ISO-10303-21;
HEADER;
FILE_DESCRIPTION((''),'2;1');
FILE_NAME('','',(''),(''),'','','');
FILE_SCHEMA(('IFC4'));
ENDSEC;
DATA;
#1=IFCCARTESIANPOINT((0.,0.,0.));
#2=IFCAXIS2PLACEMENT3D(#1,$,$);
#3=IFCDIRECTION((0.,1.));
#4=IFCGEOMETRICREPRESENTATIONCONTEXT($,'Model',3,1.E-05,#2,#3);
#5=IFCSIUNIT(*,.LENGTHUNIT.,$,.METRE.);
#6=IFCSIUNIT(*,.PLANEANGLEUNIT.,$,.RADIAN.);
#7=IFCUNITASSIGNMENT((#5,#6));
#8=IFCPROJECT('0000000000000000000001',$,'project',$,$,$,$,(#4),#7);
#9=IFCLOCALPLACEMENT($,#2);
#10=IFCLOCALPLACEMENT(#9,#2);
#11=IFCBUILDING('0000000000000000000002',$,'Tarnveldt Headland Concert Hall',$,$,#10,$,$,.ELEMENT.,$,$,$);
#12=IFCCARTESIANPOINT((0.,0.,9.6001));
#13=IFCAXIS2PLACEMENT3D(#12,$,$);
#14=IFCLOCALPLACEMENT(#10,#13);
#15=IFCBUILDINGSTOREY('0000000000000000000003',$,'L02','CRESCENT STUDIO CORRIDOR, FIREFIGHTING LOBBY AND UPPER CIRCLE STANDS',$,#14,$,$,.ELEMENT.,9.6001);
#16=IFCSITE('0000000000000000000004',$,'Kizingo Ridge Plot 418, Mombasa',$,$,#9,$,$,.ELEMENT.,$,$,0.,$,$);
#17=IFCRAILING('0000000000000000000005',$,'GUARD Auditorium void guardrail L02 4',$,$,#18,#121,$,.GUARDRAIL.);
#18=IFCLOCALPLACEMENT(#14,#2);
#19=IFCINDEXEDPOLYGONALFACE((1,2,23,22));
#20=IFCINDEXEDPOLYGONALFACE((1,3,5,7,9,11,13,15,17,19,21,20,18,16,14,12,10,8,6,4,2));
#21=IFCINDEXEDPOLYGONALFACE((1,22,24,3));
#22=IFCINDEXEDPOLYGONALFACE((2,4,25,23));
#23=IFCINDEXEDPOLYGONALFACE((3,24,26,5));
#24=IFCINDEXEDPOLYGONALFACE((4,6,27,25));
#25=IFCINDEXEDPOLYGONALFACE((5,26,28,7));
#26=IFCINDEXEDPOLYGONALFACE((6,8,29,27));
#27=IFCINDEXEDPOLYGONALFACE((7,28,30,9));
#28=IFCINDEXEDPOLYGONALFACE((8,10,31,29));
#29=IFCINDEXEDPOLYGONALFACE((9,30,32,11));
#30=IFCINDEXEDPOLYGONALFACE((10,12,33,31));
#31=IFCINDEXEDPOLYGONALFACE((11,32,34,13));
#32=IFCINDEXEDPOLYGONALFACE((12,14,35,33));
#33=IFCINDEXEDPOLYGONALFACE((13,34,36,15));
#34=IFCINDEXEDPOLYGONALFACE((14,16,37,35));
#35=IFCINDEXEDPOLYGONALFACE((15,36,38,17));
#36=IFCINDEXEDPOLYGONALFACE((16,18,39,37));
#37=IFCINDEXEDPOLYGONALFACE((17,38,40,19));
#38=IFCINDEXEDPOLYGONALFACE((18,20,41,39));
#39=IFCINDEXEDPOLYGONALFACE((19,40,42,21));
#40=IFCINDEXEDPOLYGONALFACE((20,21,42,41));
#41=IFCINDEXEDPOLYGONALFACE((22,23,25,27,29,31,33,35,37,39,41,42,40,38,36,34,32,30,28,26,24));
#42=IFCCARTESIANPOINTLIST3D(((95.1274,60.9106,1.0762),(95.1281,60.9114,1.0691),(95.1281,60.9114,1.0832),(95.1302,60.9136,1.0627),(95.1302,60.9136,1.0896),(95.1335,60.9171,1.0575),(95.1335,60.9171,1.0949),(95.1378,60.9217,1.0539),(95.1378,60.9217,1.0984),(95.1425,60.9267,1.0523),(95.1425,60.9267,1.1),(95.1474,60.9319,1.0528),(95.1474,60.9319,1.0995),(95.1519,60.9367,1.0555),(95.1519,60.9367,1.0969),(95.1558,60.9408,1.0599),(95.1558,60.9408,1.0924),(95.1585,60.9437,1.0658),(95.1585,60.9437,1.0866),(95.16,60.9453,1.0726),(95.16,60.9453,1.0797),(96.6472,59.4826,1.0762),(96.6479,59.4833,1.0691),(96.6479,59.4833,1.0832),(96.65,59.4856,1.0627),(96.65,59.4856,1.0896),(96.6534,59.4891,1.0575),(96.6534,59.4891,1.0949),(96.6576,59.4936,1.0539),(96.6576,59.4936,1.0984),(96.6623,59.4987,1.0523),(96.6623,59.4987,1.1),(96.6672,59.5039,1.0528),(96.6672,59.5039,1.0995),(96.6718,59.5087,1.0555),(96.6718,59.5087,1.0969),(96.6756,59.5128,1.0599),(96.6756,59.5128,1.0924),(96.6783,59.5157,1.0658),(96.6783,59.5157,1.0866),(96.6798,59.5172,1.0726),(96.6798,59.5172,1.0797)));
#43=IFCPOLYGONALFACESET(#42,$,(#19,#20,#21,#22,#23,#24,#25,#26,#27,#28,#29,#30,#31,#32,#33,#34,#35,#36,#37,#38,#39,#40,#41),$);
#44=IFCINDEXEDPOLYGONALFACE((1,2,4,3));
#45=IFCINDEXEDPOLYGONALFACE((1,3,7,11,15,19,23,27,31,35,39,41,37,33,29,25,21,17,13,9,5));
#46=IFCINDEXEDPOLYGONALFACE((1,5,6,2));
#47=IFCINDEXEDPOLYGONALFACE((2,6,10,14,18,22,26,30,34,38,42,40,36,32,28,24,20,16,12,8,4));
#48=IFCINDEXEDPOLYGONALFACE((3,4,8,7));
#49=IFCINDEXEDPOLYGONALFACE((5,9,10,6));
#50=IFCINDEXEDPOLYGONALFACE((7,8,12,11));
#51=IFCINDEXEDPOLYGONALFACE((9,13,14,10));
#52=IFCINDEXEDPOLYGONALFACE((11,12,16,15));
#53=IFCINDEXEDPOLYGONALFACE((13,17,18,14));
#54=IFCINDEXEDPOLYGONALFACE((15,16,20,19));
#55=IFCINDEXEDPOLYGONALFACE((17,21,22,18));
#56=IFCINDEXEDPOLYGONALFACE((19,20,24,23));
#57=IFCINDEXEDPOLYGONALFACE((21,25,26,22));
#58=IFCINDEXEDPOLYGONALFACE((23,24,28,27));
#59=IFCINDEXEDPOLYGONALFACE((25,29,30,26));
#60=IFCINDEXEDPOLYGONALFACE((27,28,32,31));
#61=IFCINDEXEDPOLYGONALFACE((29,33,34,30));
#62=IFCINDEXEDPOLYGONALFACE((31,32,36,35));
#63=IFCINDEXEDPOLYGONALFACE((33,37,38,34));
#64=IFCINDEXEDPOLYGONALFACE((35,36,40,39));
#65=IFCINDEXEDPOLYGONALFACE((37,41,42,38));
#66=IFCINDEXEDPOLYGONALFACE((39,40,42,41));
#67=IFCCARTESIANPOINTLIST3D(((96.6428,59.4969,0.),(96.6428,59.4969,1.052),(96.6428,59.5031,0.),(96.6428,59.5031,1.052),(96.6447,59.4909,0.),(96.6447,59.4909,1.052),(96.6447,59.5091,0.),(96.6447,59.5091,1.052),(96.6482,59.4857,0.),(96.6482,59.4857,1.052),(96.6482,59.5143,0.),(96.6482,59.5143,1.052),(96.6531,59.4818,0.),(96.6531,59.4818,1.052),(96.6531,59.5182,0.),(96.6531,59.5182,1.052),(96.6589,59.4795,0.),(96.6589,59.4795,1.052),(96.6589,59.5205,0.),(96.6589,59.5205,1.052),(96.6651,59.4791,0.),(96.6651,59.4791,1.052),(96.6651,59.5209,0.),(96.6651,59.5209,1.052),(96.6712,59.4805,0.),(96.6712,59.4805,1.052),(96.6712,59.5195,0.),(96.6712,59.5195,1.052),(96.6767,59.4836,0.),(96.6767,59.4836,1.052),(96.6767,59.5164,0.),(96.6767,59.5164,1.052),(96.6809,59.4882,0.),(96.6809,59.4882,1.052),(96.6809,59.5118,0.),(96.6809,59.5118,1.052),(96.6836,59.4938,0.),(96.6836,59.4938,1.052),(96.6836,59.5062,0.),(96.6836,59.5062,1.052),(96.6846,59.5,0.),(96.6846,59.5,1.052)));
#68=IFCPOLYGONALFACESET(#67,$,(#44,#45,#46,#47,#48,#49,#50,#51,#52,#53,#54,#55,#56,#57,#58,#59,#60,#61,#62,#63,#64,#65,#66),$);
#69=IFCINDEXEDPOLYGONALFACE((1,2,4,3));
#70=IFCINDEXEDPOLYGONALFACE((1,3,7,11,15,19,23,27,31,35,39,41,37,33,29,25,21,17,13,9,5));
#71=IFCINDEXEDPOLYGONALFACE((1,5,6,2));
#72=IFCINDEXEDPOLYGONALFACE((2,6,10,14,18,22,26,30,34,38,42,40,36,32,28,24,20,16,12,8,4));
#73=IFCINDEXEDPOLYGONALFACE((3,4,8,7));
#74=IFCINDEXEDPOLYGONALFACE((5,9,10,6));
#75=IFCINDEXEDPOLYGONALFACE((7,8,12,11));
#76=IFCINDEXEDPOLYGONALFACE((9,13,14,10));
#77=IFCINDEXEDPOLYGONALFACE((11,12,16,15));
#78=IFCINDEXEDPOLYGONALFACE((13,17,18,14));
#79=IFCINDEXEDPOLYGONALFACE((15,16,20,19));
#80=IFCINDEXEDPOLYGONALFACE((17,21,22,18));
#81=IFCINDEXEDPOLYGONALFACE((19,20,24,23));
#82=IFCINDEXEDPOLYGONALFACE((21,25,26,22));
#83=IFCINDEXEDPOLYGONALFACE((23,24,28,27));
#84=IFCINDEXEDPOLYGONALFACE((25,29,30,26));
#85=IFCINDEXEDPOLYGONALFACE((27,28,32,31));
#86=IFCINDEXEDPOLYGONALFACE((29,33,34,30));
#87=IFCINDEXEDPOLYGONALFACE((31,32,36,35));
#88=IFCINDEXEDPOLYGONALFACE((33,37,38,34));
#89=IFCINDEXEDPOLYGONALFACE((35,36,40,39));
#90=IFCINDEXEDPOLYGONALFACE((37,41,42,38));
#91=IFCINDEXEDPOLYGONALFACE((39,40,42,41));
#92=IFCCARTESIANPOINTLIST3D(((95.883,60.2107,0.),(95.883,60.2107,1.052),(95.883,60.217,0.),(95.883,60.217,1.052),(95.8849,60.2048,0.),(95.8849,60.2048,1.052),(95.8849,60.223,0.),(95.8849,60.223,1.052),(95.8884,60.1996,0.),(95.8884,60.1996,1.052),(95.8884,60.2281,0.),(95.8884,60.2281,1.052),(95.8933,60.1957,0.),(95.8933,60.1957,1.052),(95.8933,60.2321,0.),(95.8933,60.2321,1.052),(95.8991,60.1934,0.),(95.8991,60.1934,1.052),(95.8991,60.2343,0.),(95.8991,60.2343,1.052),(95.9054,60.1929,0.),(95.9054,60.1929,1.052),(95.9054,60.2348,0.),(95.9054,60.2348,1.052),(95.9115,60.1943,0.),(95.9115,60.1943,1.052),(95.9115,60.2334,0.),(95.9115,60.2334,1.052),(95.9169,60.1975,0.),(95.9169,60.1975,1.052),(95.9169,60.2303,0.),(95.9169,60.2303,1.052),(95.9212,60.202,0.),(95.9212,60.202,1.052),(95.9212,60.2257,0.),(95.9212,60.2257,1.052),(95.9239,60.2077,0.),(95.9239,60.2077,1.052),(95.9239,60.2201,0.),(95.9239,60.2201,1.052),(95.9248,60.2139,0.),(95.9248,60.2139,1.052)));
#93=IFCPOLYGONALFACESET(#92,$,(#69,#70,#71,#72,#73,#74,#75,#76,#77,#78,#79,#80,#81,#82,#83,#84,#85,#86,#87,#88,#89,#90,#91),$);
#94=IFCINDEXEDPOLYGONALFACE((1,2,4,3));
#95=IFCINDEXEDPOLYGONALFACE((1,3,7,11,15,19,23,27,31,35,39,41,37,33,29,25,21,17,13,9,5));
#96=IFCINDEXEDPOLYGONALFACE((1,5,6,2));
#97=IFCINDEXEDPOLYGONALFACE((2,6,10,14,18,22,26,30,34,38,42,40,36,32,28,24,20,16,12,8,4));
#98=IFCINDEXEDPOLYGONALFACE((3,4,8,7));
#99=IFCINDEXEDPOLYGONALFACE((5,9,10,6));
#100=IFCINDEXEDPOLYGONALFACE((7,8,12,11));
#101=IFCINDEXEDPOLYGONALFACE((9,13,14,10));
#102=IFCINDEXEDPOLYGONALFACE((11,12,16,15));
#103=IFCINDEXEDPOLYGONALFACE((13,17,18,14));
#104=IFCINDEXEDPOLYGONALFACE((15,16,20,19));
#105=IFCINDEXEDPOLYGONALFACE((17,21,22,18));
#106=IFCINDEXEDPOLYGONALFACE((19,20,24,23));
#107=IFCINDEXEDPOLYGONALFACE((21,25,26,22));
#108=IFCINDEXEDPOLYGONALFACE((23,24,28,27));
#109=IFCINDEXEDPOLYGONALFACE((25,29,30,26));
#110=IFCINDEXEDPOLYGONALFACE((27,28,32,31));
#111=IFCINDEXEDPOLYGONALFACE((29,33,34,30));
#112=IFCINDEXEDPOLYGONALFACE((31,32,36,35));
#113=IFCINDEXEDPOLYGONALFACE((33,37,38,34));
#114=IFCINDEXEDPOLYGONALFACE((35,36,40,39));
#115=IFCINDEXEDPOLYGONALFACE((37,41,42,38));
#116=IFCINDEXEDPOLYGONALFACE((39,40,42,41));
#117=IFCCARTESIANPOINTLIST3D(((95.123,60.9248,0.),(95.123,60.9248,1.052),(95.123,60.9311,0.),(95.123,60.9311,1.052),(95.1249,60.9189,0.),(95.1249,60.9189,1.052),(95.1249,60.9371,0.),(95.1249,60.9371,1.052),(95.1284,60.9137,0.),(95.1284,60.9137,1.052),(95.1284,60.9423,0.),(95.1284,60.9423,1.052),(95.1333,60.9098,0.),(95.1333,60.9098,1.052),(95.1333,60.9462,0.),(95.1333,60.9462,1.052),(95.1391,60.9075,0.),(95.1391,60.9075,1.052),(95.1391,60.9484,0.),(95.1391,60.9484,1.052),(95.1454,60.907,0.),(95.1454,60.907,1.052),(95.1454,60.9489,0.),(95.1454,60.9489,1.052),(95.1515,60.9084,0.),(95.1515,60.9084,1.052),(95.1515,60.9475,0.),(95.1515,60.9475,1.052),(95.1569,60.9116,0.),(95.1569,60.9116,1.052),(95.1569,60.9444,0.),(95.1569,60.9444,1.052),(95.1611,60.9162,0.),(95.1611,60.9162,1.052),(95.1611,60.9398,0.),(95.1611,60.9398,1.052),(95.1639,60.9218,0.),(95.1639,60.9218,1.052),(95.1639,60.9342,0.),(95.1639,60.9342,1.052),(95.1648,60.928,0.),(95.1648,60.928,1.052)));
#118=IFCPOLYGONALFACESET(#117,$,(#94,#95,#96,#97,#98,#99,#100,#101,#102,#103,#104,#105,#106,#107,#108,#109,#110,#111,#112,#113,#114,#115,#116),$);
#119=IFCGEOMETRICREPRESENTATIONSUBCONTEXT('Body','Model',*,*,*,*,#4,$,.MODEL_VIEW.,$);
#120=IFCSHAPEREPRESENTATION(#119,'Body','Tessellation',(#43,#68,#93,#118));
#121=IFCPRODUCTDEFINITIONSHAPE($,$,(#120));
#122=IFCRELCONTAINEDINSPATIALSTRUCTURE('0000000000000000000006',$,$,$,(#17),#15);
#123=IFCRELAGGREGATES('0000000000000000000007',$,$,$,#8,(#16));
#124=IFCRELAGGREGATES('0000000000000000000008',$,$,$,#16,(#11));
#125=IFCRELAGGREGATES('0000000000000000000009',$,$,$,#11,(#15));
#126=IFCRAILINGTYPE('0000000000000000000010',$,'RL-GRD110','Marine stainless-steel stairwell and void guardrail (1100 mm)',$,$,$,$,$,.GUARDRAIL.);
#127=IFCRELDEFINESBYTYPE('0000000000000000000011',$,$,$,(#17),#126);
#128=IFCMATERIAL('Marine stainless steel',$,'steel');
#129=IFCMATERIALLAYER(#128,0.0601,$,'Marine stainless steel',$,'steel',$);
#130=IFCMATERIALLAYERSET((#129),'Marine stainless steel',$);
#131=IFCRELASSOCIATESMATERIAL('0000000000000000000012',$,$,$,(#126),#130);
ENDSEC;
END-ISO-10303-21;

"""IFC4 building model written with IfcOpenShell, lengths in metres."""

from ifc_helpers import new_model, si_unit, direction, frame, origin, origin_2d, place, context, subcontext, project, spatial, circle, extrude, material, layer, layer_set, type_object, element, save


model = new_model("IFC4")

# Units and contexts
model_context = context("Model", 3, precision=1e-05, world=origin(), true_north=direction((0.0, 1.0)))
body_context = subcontext(model_context, "Body", "Model", "MODEL_VIEW")
ifc_project = project(units=[si_unit("LENGTHUNIT", "METRE"), si_unit("PLANEANGLEUNIT", "RADIAN")], contexts=[model_context])

# Site, building, storey
site_placement = place(None, origin())
site = spatial("IfcSite", under=ifc_project, at=site_placement, Name="Kizingo Ridge Plot 418, Mombasa", CompositionType="ELEMENT", RefElevation=0.0)
building_placement = place(site_placement, origin())
building = spatial("IfcBuilding", under=site, at=building_placement, Name="Tarnveldt Headland Concert Hall", CompositionType="ELEMENT")
storey_placement = place(building_placement, frame((0.0, 0.0, 9.6001)))
storey = spatial("IfcBuildingStorey", under=building, at=storey_placement, Name="L02", Description="CRESCENT STUDIO CORRIDOR, FIREFIGHTING LOBBY AND UPPER CIRCLE STANDS", CompositionType="ELEMENT", Elevation=9.6001)

# Railing
ifc_material_1 = material(Name="Marine stainless steel", Category="steel")
ifc_layer_1 = layer(ifc_material_1, 0.0601, Name="Marine stainless steel", Category="steel")
ifc_layer_set_1 = layer_set([ifc_layer_1], Name="Marine stainless steel")
railing_type = type_object("IfcRailingType", Name="RL-GRD110", Description="Marine stainless-steel stairwell and void guardrail (1100 mm)", PredefinedType="GUARDRAIL", material=ifc_layer_set_1)
railing_1_placement = place(storey_placement, frame((96.6636, 59.5, 0.0)))
element("IfcRailing", 1, at=railing_1_placement, inside=storey, type_object=railing_type, Name="GUARD Auditorium void guardrail L02 4", PredefinedType="GUARDRAIL", context=body_context, shape_type="SweptSolid", body=[
    extrude(circle(Radius=0.0239, at=origin_2d()), frame((0.0, 0.0, 1.0762), z_axis=(-0.728774, 0.684755, 0.0), x_axis=(-0.684755, -0.728774, 0.0)), (0.0, 0.0, 1.0), 2.0854),
    extrude(circle(Radius=0.021, at=origin_2d()), origin(), (0.0, 0.0, 1.0), 1.052),
    extrude(circle(Radius=0.021, at=origin_2d()), frame((-0.7598, 0.7139, 0.0)), (0.0, 0.0, 1.0), 1.052),
    extrude(circle(Radius=0.021, at=origin_2d()), frame((-1.5198, 1.428, 0.0)), (0.0, 0.0, 1.0), 1.052),
])

save(model, "model.ifc")
